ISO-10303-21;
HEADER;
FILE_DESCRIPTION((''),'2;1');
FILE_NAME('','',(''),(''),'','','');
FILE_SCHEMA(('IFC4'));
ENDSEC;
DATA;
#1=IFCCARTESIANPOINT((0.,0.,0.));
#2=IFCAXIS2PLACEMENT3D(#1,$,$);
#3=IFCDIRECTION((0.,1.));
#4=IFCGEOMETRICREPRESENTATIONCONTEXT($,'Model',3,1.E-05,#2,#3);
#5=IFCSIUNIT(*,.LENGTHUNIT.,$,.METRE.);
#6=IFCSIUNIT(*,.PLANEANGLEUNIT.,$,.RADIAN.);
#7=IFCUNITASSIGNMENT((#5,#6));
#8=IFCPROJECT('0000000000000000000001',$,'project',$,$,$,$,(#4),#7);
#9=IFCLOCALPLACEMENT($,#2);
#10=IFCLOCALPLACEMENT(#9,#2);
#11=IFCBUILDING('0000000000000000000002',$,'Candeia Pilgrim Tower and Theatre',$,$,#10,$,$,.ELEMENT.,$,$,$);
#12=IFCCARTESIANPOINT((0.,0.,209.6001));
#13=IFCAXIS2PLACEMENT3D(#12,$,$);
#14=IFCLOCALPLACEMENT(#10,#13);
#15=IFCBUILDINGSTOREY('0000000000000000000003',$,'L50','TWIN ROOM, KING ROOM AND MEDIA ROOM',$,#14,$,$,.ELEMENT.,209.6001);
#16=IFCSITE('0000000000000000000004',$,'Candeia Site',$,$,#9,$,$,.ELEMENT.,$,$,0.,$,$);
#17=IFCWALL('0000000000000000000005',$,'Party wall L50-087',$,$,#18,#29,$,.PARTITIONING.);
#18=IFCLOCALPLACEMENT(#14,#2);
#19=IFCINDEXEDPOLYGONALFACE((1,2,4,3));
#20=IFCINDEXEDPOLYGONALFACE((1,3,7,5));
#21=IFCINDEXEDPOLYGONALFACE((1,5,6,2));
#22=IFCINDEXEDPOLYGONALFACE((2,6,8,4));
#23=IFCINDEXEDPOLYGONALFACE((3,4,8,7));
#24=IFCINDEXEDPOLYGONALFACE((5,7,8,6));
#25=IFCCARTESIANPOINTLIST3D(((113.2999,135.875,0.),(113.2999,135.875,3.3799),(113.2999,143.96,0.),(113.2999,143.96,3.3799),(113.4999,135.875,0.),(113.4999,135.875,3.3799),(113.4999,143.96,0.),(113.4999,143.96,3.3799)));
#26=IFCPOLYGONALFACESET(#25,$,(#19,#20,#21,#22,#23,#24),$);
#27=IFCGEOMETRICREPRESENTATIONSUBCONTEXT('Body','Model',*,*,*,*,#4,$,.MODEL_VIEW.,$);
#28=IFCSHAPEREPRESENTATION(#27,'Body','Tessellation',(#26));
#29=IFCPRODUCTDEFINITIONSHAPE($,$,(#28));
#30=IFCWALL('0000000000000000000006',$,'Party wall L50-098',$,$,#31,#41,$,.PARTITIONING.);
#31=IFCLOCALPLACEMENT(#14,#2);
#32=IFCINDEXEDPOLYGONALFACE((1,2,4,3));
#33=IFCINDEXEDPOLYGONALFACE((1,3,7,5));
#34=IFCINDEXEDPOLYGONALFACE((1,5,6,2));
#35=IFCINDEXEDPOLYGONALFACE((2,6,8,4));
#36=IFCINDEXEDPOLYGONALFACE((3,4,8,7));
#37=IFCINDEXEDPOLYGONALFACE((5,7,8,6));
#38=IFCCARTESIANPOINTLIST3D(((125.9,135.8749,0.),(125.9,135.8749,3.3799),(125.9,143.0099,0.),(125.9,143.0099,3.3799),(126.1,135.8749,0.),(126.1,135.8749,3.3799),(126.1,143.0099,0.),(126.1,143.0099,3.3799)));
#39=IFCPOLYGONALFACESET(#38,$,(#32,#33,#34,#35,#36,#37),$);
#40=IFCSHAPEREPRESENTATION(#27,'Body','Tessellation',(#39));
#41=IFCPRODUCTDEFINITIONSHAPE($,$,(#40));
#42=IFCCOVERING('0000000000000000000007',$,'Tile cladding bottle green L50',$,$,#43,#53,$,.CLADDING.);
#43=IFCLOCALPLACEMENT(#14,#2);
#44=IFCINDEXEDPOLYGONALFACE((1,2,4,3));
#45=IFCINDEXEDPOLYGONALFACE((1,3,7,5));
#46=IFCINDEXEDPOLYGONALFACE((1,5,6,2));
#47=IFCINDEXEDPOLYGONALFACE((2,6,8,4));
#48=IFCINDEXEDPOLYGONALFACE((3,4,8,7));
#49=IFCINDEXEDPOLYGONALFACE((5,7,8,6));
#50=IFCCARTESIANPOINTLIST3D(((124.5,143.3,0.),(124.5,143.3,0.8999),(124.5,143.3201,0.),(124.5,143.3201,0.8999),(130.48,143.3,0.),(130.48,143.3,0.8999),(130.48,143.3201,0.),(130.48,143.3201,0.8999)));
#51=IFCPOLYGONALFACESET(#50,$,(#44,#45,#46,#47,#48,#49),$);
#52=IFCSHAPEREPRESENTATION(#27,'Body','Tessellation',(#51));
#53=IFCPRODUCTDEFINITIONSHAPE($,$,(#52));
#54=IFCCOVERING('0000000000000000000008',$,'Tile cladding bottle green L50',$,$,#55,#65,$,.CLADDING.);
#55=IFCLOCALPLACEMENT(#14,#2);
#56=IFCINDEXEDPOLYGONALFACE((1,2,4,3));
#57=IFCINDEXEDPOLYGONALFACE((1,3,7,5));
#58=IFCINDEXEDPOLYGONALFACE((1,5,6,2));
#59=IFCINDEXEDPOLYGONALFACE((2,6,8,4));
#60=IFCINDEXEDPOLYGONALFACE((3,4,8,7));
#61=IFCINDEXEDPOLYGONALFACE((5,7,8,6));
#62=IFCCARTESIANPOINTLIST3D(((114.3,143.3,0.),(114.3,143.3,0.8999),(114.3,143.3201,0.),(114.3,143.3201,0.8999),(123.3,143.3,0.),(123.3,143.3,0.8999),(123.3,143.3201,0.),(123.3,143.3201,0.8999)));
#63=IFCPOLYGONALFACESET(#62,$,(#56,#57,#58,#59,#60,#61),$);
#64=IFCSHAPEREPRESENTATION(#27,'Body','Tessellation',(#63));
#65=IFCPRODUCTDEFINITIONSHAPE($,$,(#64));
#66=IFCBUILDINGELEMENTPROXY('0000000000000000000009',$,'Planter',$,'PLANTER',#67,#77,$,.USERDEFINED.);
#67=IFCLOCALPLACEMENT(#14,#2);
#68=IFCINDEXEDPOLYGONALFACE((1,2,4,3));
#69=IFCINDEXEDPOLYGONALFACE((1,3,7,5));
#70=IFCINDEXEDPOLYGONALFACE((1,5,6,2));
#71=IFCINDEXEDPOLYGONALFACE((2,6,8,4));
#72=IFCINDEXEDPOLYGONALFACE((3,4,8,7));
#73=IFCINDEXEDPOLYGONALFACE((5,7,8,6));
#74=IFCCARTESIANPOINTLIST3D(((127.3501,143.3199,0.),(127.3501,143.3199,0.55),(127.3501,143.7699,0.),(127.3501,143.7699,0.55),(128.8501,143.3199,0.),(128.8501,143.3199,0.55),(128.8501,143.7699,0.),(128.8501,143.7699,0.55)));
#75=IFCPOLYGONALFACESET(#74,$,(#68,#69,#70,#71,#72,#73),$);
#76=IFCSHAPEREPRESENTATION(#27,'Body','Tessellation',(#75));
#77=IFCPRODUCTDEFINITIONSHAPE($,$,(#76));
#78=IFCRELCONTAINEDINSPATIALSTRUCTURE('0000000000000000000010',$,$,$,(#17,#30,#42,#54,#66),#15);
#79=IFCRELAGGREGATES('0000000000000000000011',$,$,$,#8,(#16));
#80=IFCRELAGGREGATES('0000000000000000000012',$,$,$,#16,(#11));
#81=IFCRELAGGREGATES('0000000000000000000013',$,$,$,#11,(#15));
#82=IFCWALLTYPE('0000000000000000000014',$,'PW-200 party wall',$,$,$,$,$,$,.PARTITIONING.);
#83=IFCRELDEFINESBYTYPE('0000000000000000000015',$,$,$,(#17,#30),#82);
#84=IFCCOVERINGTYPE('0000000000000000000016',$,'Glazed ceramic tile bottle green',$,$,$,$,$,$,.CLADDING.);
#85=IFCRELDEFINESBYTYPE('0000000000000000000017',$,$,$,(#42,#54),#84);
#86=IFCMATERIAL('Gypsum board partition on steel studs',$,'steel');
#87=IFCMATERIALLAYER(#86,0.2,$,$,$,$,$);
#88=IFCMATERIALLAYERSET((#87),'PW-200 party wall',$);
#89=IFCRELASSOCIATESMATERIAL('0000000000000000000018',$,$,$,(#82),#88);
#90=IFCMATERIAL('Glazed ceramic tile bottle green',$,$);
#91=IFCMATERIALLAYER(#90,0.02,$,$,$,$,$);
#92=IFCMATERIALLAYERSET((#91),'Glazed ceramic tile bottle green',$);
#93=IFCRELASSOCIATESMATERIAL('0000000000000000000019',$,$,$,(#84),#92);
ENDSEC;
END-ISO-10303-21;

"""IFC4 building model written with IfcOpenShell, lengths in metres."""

from ifc_helpers import new_model, si_unit, direction, frame, frame_2d, origin, origin_2d, place, context, subcontext, project, spatial, rectangle, extrude, material, layer, layer_set, type_object, element, save


model = new_model("IFC4")

# Units and contexts
model_context = context("Model", 3, precision=1e-05, world=origin(), true_north=direction((0.0, 1.0)))
body_context = subcontext(model_context, "Body", "Model", "MODEL_VIEW")
ifc_project = project(units=[si_unit("LENGTHUNIT", "METRE"), si_unit("PLANEANGLEUNIT", "RADIAN")], contexts=[model_context])

# Site, building, storey
site_placement = place(None, origin())
site = spatial("IfcSite", under=ifc_project, at=site_placement, Name="Candeia Site", CompositionType="ELEMENT", RefElevation=0.0)
building_placement = place(site_placement, origin())
building = spatial("IfcBuilding", under=site, at=building_placement, Name="Candeia Pilgrim Tower and Theatre", CompositionType="ELEMENT")
storey_placement = place(building_placement, frame((0.0, 0.0, 209.6001)))
storey = spatial("IfcBuildingStorey", under=building, at=storey_placement, Name="L50", Description="TWIN ROOM, KING ROOM AND MEDIA ROOM", CompositionType="ELEMENT", Elevation=209.6001)

# Shared definitions
ifc_material_1 = material(Name="Gypsum board partition on steel studs", Category="steel")

# Walls
ifc_layer_1 = layer(ifc_material_1, 0.2)
ifc_layer_set_1 = layer_set([ifc_layer_1], Name="PW-200 party wall")
wall_type_1 = type_object("IfcWallType", Name="PW-200 party wall", PredefinedType="PARTITIONING", material=ifc_layer_set_1)
wall_1_placement = place(storey_placement, frame((113.3999, 135.875, 0.0), z_axis=(0.0, 0.0, 1.0), x_axis=(0.0, 1.0, 0.0)))
element("IfcWall", 1, at=wall_1_placement, inside=storey, type_object=wall_type_1, Name="Party wall L50-087", PredefinedType="PARTITIONING", context=body_context, shape_type="SweptSolid", body=[
    extrude(rectangle(XDim=8.085, YDim=0.2, at=frame_2d((4.0425, 0.0))), origin(), (0.0, 0.0, 1.0), 3.3799),
])
wall_2_placement = place(storey_placement, frame((126.0, 135.875, 0.0), z_axis=(0.0, 0.0, 1.0), x_axis=(0.0, 1.0, 0.0)))
element("IfcWall", 2, at=wall_2_placement, inside=storey, type_object=wall_type_1, Name="Party wall L50-098", PredefinedType="PARTITIONING", context=body_context, shape_type="SweptSolid", body=[
    extrude(rectangle(XDim=7.135, YDim=0.2, at=frame_2d((3.5674, 0.0))), origin(), (0.0, 0.0, 1.0), 3.3799),
])

# Coverings
ifc_material_2 = material(Name="Glazed ceramic tile bottle green")
ifc_layer_2 = layer(ifc_material_2, 0.02)
ifc_layer_set_2 = layer_set([ifc_layer_2], Name="Glazed ceramic tile bottle green")
covering_type = type_object("IfcCoveringType", Name="Glazed ceramic tile bottle green", PredefinedType="CLADDING", material=ifc_layer_set_2)
covering_1_placement = place(storey_placement, frame((127.49, 143.3101, 0.0), z_axis=(0.0, 0.0, 1.0), x_axis=(-1.0, 0.0, 0.0)))
element("IfcCovering", 3, at=covering_1_placement, inside=storey, type_object=covering_type, Name="Tile cladding bottle green L50", PredefinedType="CLADDING", context=body_context, shape_type="SweptSolid", body=[
    extrude(rectangle(XDim=5.98, YDim=0.02, at=origin_2d()), origin(), (0.0, 0.0, 1.0), 0.8999),
])
covering_2_placement = place(storey_placement, frame((118.8, 143.3101, 0.0), z_axis=(0.0, 0.0, 1.0), x_axis=(-1.0, 0.0, 0.0)))
element("IfcCovering", 4, at=covering_2_placement, inside=storey, type_object=covering_type, Name="Tile cladding bottle green L50", PredefinedType="CLADDING", context=body_context, shape_type="SweptSolid", body=[
    extrude(rectangle(XDim=9.0, YDim=0.02, at=origin_2d()), origin(), (0.0, 0.0, 1.0), 0.8999),
])

# Building element proxy
proxy_placement = place(storey_placement, frame((128.1001, 143.5449, 0.0), z_axis=(0.0, 0.0, 1.0), x_axis=(-1.0, 0.0, 0.0)))
element("IfcBuildingElementProxy", 5, at=proxy_placement, inside=storey, Name="Planter", ObjectType="PLANTER", PredefinedType="USERDEFINED", context=body_context, shape_type="SweptSolid", body=[
    extrude(rectangle(XDim=1.5, YDim=0.45, at=origin_2d()), origin(), (0.0, 0.0, 1.0), 0.55),
])

save(model, "model.ifc")
